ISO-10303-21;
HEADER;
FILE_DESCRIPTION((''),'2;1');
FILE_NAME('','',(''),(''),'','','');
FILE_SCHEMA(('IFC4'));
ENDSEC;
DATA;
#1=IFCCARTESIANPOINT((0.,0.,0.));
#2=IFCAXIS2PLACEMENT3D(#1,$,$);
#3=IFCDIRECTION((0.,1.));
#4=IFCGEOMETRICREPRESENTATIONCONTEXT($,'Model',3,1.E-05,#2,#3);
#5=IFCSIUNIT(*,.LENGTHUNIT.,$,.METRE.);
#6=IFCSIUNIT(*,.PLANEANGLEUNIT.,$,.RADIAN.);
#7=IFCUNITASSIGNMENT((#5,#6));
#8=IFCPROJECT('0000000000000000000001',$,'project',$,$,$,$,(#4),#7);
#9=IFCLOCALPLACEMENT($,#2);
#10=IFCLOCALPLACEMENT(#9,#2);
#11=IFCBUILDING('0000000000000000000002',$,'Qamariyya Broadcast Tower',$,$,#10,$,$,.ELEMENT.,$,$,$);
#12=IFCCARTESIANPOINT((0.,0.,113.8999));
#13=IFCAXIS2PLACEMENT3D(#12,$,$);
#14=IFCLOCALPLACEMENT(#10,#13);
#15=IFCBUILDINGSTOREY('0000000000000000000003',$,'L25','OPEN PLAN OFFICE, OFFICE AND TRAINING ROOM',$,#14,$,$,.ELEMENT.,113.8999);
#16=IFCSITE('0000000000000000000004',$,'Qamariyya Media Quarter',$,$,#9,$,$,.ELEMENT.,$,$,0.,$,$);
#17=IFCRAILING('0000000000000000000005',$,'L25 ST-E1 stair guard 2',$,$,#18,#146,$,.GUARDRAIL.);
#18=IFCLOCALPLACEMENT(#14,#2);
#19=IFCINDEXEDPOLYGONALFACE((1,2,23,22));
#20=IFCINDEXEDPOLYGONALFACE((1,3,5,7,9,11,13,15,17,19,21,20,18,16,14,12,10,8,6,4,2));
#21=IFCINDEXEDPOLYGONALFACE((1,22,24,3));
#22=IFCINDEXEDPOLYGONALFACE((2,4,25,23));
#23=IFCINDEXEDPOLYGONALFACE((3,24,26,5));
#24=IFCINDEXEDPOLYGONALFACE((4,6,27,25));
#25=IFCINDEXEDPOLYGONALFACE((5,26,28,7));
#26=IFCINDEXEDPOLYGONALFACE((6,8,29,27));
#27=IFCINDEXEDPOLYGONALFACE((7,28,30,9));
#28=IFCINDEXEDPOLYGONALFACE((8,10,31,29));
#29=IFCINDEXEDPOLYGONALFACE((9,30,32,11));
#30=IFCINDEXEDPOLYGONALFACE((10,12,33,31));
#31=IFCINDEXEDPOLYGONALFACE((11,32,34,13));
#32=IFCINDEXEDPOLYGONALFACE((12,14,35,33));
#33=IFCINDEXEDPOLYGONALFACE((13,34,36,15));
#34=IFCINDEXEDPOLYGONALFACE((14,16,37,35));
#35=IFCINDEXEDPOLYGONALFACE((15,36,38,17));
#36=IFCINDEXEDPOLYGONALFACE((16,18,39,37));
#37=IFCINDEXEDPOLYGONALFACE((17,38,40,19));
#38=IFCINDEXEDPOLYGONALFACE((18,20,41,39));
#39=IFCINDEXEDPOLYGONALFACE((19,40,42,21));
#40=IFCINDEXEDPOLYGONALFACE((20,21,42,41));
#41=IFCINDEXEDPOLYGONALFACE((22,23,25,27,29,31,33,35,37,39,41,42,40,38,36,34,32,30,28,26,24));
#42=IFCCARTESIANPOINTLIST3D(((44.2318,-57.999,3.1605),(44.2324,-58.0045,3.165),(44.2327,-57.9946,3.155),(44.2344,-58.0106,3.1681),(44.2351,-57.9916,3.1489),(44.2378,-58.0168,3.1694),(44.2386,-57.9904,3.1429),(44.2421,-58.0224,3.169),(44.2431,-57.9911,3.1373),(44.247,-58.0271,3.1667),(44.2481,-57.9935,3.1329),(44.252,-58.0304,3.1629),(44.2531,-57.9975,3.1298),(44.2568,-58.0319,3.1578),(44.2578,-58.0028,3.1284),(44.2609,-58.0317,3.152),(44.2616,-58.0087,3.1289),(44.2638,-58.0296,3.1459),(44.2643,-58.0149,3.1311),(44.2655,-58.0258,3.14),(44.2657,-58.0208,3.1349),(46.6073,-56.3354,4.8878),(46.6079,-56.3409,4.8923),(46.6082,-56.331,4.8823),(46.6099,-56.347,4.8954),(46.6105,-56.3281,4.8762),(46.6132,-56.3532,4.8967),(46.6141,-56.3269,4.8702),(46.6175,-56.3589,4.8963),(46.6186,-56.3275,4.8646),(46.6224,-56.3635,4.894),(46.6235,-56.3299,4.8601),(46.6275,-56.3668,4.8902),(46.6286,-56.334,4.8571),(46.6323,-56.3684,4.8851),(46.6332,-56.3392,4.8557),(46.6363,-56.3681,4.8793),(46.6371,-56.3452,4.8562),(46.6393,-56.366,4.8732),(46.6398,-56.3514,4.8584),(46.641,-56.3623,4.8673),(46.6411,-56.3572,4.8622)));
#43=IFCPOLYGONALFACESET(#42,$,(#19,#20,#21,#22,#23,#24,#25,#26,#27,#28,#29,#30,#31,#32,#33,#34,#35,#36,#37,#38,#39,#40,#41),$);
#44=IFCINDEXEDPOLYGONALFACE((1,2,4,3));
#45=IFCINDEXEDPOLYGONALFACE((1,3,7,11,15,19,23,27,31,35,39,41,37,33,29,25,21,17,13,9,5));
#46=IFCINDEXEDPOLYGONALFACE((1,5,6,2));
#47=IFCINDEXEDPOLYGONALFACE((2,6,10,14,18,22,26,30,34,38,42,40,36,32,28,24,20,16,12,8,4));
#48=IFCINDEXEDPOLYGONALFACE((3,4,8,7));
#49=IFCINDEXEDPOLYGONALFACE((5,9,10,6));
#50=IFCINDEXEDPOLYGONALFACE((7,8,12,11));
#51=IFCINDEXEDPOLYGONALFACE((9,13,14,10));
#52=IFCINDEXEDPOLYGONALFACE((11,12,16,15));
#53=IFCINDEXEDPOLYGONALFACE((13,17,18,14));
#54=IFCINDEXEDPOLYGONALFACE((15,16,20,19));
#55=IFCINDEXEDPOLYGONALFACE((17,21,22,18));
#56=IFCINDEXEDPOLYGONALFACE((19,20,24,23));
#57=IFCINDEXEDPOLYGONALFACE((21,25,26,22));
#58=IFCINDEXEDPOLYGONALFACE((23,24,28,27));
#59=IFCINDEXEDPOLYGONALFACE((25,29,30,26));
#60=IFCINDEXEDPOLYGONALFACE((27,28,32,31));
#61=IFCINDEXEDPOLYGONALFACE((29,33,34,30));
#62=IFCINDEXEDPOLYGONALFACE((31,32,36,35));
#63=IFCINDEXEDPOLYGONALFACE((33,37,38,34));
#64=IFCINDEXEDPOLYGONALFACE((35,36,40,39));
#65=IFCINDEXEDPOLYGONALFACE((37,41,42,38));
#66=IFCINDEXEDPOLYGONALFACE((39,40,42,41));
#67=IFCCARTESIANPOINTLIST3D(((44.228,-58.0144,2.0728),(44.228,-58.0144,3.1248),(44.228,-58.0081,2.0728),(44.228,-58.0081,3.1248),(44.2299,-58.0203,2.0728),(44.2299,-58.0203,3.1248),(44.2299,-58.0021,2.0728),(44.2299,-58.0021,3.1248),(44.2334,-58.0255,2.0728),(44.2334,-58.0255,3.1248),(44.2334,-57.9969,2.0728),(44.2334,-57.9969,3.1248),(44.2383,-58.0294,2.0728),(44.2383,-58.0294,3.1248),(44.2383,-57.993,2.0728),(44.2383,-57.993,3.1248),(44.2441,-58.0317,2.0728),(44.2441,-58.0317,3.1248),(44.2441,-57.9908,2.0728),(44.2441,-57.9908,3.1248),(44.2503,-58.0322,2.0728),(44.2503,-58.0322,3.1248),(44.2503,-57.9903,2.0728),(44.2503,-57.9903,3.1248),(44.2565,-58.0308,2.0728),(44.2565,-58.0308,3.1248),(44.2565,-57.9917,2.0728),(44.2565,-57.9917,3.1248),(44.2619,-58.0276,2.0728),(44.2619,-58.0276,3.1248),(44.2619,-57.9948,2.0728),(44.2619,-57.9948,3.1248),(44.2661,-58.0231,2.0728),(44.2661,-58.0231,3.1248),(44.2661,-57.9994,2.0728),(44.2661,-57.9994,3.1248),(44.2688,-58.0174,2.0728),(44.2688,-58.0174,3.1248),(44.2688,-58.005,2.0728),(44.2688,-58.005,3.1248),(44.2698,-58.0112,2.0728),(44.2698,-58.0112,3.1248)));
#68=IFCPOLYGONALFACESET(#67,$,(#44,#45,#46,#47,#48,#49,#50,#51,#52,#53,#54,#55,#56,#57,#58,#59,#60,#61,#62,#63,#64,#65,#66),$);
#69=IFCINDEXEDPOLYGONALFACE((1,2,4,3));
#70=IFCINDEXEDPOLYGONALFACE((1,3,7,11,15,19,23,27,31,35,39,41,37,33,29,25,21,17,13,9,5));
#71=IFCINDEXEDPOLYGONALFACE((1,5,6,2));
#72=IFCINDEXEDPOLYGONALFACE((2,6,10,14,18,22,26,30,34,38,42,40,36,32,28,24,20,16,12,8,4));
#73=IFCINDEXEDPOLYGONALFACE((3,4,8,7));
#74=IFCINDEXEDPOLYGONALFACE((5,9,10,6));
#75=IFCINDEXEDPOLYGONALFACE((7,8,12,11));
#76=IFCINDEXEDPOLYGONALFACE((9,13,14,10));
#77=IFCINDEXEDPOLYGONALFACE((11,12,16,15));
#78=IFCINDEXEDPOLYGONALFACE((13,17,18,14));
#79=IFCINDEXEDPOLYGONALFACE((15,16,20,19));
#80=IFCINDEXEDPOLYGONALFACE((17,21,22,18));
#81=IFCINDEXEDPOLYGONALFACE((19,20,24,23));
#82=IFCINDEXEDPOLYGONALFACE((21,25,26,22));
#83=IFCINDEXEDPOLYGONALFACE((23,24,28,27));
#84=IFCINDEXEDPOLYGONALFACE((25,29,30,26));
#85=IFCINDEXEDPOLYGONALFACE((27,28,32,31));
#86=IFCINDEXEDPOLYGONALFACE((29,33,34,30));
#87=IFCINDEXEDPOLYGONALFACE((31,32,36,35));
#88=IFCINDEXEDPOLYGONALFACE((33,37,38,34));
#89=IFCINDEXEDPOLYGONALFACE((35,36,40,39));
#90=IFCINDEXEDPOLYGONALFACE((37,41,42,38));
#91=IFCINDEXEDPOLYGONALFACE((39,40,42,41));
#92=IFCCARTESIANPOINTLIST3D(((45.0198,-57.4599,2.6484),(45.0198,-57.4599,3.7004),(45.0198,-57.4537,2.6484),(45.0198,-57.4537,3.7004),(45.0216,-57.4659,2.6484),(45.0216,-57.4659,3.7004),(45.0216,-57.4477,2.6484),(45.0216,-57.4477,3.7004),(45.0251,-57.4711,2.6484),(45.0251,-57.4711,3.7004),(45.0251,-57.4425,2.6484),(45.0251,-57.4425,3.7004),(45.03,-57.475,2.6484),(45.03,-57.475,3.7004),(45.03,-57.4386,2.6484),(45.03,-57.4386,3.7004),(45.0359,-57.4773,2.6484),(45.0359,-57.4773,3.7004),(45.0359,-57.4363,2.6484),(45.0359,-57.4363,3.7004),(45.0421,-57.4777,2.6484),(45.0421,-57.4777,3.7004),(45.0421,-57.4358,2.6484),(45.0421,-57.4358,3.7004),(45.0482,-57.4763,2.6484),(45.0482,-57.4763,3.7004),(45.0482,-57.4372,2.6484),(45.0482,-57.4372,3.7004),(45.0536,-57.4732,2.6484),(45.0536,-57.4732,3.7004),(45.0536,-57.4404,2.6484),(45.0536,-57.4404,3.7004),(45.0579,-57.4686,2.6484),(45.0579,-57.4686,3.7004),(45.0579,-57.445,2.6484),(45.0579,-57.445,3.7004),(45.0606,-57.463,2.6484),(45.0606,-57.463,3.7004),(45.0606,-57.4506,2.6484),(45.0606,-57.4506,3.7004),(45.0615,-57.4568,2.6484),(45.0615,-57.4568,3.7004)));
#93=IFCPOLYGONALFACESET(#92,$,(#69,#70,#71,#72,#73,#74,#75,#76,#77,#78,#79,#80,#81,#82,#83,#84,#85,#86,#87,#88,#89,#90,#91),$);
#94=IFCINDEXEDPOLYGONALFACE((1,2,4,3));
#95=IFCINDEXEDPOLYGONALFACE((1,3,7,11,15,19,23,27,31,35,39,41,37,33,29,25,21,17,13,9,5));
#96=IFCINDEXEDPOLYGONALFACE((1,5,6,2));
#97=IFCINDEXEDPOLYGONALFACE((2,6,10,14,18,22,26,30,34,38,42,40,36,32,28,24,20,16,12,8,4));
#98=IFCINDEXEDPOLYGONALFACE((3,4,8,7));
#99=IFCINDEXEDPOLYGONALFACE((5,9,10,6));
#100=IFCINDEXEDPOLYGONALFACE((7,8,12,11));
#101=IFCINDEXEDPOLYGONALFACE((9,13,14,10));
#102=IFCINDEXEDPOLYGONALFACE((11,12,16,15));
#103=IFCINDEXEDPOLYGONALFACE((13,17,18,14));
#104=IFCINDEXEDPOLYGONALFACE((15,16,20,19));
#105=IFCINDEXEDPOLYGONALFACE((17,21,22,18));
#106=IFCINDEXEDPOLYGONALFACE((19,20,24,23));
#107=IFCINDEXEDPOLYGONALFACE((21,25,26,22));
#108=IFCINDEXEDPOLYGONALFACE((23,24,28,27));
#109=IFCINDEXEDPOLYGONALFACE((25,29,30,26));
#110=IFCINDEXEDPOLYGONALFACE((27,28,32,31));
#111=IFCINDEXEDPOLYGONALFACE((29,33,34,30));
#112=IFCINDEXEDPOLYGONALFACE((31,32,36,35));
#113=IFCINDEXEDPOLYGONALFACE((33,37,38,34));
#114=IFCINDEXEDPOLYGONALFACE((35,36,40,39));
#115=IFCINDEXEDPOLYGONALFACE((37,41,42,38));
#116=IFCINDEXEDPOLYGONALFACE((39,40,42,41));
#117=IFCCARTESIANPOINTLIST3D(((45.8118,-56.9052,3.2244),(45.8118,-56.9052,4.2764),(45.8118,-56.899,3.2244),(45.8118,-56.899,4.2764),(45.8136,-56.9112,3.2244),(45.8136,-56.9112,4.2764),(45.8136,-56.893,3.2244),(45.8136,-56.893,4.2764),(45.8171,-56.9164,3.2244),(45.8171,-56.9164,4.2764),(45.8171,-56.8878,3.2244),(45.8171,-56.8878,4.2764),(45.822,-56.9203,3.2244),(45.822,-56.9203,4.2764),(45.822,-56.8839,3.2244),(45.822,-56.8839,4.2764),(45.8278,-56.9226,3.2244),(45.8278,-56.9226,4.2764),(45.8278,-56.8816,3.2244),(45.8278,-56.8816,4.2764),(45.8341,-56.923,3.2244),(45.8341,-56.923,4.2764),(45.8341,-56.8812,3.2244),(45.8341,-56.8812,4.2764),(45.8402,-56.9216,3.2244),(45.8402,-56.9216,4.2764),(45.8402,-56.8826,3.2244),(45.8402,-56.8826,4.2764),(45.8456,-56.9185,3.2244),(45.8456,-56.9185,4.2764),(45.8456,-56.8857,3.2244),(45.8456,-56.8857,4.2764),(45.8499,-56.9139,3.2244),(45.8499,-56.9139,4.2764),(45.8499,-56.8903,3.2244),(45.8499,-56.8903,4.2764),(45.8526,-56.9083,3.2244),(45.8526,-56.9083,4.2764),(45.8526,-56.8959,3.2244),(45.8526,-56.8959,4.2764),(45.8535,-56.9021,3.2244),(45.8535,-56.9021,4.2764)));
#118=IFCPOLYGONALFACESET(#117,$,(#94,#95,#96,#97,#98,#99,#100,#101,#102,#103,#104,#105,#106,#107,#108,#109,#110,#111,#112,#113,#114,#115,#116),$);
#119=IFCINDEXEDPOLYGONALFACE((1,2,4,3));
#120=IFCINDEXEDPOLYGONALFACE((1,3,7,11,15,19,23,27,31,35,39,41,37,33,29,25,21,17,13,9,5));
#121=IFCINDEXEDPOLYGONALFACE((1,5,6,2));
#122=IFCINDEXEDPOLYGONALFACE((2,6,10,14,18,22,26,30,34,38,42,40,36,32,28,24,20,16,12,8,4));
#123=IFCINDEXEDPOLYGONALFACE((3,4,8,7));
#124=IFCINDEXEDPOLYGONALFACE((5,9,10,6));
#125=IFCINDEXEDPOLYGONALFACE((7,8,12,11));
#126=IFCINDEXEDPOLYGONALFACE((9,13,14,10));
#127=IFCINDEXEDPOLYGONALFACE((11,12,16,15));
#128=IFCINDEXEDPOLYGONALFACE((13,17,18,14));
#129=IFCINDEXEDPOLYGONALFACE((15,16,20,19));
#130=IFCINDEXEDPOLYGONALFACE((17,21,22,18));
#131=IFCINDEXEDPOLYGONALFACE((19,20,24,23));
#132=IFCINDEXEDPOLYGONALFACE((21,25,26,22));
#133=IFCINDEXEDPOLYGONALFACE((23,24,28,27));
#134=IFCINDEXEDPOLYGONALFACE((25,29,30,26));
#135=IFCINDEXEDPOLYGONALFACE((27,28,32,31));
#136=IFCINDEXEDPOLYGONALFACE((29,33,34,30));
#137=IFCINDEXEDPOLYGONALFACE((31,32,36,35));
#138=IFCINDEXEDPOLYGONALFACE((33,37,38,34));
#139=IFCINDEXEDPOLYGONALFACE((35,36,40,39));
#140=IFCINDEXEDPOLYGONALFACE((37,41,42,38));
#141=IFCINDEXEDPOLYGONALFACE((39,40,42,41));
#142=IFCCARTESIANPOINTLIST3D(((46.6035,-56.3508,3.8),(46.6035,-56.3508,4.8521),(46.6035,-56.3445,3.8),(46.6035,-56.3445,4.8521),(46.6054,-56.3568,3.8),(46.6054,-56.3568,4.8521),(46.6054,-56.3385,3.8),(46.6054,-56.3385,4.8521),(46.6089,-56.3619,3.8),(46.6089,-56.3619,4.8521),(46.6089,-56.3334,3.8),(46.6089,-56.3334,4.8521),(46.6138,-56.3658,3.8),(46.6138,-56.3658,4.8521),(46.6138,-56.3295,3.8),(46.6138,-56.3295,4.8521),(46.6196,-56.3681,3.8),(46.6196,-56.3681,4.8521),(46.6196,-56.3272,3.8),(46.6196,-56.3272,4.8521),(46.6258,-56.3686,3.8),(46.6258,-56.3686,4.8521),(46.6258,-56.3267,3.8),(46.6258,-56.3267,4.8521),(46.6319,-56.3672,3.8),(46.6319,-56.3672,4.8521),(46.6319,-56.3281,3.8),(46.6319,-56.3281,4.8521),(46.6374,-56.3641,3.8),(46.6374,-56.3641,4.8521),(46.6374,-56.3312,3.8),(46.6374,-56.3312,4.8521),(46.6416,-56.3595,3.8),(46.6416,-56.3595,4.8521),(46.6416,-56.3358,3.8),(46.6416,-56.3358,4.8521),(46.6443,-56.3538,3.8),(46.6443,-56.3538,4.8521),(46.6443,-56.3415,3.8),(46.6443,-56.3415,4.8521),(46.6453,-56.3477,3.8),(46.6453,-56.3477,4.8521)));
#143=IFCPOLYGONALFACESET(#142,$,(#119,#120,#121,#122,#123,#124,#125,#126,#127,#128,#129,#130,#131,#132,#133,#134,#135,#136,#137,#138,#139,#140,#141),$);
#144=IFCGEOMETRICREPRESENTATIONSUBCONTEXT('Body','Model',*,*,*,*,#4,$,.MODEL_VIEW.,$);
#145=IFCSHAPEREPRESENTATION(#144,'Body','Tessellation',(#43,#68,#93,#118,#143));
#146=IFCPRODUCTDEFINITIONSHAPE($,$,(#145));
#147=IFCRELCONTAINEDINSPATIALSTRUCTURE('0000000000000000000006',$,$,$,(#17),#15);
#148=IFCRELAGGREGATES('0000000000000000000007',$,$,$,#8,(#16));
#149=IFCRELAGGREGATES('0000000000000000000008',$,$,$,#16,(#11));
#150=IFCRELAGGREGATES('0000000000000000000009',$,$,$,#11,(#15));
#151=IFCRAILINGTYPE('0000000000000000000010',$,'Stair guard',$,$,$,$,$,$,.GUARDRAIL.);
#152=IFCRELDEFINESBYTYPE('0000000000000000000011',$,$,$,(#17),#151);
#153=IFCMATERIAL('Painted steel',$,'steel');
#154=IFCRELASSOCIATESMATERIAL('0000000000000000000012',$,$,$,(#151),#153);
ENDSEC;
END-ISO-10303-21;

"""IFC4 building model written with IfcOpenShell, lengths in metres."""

from ifc_helpers import new_model, si_unit, direction, frame, origin, origin_2d, place, context, subcontext, project, spatial, circle, extrude, material, type_object, element, save


model = new_model("IFC4")

# Units and contexts
model_context = context("Model", 3, precision=1e-05, world=origin(), true_north=direction((0.0, 1.0)))
body_context = subcontext(model_context, "Body", "Model", "MODEL_VIEW")
ifc_project = project(units=[si_unit("LENGTHUNIT", "METRE"), si_unit("PLANEANGLEUNIT", "RADIAN")], contexts=[model_context])

# Site, building, storey
site_placement = place(None, origin())
site = spatial("IfcSite", under=ifc_project, at=site_placement, Name="Qamariyya Media Quarter", CompositionType="ELEMENT", RefElevation=0.0)
building_placement = place(site_placement, origin())
building = spatial("IfcBuilding", under=site, at=building_placement, Name="Qamariyya Broadcast Tower", CompositionType="ELEMENT")
storey_placement = place(building_placement, frame((0.0, 0.0, 113.8999)))
storey = spatial("IfcBuildingStorey", under=building, at=storey_placement, Name="L25", Description="OPEN PLAN OFFICE, OFFICE AND TRAINING ROOM", CompositionType="ELEMENT", Elevation=113.8999)

# Railing
ifc_material_1 = material(Name="Painted steel", Category="steel")
railing_type_1 = type_object("IfcRailingType", Name="Stair guard", PredefinedType="GUARDRAIL", material=ifc_material_1)
railing_1_placement = place(storey_placement, frame((44.2488, -58.0112, 2.0728)))
element("IfcRailing", 1, at=railing_1_placement, inside=storey, type_object=railing_type_1, Name="L25 ST-E1 stair guard 2", PredefinedType="GUARDRAIL", context=body_context, shape_type="SweptSolid", body=[
    extrude(circle(Radius=0.0239, at=origin_2d()), frame((0.0, 0.0, 1.0762), z_axis=(0.703745, 0.492838, 0.511716), x_axis=(-0.573632, 0.819113, 0.0)), (0.0, 0.0, 1.0), 3.3755),
    extrude(circle(Radius=0.021, at=origin_2d()), origin(), (0.0, 0.0, 1.0), 1.052),
    extrude(circle(Radius=0.021, at=origin_2d()), frame((0.7917, 0.5544, 0.5757)), (0.0, 0.0, 1.0), 1.052),
    extrude(circle(Radius=0.021, at=origin_2d()), frame((1.5837, 1.1091, 1.1516)), (0.0, 0.0, 1.0), 1.052),
    extrude(circle(Radius=0.021, at=origin_2d()), frame((2.3755, 1.6636, 1.7273)), (0.0, 0.0, 1.0), 1.052),
])

save(model, "model.ifc")
